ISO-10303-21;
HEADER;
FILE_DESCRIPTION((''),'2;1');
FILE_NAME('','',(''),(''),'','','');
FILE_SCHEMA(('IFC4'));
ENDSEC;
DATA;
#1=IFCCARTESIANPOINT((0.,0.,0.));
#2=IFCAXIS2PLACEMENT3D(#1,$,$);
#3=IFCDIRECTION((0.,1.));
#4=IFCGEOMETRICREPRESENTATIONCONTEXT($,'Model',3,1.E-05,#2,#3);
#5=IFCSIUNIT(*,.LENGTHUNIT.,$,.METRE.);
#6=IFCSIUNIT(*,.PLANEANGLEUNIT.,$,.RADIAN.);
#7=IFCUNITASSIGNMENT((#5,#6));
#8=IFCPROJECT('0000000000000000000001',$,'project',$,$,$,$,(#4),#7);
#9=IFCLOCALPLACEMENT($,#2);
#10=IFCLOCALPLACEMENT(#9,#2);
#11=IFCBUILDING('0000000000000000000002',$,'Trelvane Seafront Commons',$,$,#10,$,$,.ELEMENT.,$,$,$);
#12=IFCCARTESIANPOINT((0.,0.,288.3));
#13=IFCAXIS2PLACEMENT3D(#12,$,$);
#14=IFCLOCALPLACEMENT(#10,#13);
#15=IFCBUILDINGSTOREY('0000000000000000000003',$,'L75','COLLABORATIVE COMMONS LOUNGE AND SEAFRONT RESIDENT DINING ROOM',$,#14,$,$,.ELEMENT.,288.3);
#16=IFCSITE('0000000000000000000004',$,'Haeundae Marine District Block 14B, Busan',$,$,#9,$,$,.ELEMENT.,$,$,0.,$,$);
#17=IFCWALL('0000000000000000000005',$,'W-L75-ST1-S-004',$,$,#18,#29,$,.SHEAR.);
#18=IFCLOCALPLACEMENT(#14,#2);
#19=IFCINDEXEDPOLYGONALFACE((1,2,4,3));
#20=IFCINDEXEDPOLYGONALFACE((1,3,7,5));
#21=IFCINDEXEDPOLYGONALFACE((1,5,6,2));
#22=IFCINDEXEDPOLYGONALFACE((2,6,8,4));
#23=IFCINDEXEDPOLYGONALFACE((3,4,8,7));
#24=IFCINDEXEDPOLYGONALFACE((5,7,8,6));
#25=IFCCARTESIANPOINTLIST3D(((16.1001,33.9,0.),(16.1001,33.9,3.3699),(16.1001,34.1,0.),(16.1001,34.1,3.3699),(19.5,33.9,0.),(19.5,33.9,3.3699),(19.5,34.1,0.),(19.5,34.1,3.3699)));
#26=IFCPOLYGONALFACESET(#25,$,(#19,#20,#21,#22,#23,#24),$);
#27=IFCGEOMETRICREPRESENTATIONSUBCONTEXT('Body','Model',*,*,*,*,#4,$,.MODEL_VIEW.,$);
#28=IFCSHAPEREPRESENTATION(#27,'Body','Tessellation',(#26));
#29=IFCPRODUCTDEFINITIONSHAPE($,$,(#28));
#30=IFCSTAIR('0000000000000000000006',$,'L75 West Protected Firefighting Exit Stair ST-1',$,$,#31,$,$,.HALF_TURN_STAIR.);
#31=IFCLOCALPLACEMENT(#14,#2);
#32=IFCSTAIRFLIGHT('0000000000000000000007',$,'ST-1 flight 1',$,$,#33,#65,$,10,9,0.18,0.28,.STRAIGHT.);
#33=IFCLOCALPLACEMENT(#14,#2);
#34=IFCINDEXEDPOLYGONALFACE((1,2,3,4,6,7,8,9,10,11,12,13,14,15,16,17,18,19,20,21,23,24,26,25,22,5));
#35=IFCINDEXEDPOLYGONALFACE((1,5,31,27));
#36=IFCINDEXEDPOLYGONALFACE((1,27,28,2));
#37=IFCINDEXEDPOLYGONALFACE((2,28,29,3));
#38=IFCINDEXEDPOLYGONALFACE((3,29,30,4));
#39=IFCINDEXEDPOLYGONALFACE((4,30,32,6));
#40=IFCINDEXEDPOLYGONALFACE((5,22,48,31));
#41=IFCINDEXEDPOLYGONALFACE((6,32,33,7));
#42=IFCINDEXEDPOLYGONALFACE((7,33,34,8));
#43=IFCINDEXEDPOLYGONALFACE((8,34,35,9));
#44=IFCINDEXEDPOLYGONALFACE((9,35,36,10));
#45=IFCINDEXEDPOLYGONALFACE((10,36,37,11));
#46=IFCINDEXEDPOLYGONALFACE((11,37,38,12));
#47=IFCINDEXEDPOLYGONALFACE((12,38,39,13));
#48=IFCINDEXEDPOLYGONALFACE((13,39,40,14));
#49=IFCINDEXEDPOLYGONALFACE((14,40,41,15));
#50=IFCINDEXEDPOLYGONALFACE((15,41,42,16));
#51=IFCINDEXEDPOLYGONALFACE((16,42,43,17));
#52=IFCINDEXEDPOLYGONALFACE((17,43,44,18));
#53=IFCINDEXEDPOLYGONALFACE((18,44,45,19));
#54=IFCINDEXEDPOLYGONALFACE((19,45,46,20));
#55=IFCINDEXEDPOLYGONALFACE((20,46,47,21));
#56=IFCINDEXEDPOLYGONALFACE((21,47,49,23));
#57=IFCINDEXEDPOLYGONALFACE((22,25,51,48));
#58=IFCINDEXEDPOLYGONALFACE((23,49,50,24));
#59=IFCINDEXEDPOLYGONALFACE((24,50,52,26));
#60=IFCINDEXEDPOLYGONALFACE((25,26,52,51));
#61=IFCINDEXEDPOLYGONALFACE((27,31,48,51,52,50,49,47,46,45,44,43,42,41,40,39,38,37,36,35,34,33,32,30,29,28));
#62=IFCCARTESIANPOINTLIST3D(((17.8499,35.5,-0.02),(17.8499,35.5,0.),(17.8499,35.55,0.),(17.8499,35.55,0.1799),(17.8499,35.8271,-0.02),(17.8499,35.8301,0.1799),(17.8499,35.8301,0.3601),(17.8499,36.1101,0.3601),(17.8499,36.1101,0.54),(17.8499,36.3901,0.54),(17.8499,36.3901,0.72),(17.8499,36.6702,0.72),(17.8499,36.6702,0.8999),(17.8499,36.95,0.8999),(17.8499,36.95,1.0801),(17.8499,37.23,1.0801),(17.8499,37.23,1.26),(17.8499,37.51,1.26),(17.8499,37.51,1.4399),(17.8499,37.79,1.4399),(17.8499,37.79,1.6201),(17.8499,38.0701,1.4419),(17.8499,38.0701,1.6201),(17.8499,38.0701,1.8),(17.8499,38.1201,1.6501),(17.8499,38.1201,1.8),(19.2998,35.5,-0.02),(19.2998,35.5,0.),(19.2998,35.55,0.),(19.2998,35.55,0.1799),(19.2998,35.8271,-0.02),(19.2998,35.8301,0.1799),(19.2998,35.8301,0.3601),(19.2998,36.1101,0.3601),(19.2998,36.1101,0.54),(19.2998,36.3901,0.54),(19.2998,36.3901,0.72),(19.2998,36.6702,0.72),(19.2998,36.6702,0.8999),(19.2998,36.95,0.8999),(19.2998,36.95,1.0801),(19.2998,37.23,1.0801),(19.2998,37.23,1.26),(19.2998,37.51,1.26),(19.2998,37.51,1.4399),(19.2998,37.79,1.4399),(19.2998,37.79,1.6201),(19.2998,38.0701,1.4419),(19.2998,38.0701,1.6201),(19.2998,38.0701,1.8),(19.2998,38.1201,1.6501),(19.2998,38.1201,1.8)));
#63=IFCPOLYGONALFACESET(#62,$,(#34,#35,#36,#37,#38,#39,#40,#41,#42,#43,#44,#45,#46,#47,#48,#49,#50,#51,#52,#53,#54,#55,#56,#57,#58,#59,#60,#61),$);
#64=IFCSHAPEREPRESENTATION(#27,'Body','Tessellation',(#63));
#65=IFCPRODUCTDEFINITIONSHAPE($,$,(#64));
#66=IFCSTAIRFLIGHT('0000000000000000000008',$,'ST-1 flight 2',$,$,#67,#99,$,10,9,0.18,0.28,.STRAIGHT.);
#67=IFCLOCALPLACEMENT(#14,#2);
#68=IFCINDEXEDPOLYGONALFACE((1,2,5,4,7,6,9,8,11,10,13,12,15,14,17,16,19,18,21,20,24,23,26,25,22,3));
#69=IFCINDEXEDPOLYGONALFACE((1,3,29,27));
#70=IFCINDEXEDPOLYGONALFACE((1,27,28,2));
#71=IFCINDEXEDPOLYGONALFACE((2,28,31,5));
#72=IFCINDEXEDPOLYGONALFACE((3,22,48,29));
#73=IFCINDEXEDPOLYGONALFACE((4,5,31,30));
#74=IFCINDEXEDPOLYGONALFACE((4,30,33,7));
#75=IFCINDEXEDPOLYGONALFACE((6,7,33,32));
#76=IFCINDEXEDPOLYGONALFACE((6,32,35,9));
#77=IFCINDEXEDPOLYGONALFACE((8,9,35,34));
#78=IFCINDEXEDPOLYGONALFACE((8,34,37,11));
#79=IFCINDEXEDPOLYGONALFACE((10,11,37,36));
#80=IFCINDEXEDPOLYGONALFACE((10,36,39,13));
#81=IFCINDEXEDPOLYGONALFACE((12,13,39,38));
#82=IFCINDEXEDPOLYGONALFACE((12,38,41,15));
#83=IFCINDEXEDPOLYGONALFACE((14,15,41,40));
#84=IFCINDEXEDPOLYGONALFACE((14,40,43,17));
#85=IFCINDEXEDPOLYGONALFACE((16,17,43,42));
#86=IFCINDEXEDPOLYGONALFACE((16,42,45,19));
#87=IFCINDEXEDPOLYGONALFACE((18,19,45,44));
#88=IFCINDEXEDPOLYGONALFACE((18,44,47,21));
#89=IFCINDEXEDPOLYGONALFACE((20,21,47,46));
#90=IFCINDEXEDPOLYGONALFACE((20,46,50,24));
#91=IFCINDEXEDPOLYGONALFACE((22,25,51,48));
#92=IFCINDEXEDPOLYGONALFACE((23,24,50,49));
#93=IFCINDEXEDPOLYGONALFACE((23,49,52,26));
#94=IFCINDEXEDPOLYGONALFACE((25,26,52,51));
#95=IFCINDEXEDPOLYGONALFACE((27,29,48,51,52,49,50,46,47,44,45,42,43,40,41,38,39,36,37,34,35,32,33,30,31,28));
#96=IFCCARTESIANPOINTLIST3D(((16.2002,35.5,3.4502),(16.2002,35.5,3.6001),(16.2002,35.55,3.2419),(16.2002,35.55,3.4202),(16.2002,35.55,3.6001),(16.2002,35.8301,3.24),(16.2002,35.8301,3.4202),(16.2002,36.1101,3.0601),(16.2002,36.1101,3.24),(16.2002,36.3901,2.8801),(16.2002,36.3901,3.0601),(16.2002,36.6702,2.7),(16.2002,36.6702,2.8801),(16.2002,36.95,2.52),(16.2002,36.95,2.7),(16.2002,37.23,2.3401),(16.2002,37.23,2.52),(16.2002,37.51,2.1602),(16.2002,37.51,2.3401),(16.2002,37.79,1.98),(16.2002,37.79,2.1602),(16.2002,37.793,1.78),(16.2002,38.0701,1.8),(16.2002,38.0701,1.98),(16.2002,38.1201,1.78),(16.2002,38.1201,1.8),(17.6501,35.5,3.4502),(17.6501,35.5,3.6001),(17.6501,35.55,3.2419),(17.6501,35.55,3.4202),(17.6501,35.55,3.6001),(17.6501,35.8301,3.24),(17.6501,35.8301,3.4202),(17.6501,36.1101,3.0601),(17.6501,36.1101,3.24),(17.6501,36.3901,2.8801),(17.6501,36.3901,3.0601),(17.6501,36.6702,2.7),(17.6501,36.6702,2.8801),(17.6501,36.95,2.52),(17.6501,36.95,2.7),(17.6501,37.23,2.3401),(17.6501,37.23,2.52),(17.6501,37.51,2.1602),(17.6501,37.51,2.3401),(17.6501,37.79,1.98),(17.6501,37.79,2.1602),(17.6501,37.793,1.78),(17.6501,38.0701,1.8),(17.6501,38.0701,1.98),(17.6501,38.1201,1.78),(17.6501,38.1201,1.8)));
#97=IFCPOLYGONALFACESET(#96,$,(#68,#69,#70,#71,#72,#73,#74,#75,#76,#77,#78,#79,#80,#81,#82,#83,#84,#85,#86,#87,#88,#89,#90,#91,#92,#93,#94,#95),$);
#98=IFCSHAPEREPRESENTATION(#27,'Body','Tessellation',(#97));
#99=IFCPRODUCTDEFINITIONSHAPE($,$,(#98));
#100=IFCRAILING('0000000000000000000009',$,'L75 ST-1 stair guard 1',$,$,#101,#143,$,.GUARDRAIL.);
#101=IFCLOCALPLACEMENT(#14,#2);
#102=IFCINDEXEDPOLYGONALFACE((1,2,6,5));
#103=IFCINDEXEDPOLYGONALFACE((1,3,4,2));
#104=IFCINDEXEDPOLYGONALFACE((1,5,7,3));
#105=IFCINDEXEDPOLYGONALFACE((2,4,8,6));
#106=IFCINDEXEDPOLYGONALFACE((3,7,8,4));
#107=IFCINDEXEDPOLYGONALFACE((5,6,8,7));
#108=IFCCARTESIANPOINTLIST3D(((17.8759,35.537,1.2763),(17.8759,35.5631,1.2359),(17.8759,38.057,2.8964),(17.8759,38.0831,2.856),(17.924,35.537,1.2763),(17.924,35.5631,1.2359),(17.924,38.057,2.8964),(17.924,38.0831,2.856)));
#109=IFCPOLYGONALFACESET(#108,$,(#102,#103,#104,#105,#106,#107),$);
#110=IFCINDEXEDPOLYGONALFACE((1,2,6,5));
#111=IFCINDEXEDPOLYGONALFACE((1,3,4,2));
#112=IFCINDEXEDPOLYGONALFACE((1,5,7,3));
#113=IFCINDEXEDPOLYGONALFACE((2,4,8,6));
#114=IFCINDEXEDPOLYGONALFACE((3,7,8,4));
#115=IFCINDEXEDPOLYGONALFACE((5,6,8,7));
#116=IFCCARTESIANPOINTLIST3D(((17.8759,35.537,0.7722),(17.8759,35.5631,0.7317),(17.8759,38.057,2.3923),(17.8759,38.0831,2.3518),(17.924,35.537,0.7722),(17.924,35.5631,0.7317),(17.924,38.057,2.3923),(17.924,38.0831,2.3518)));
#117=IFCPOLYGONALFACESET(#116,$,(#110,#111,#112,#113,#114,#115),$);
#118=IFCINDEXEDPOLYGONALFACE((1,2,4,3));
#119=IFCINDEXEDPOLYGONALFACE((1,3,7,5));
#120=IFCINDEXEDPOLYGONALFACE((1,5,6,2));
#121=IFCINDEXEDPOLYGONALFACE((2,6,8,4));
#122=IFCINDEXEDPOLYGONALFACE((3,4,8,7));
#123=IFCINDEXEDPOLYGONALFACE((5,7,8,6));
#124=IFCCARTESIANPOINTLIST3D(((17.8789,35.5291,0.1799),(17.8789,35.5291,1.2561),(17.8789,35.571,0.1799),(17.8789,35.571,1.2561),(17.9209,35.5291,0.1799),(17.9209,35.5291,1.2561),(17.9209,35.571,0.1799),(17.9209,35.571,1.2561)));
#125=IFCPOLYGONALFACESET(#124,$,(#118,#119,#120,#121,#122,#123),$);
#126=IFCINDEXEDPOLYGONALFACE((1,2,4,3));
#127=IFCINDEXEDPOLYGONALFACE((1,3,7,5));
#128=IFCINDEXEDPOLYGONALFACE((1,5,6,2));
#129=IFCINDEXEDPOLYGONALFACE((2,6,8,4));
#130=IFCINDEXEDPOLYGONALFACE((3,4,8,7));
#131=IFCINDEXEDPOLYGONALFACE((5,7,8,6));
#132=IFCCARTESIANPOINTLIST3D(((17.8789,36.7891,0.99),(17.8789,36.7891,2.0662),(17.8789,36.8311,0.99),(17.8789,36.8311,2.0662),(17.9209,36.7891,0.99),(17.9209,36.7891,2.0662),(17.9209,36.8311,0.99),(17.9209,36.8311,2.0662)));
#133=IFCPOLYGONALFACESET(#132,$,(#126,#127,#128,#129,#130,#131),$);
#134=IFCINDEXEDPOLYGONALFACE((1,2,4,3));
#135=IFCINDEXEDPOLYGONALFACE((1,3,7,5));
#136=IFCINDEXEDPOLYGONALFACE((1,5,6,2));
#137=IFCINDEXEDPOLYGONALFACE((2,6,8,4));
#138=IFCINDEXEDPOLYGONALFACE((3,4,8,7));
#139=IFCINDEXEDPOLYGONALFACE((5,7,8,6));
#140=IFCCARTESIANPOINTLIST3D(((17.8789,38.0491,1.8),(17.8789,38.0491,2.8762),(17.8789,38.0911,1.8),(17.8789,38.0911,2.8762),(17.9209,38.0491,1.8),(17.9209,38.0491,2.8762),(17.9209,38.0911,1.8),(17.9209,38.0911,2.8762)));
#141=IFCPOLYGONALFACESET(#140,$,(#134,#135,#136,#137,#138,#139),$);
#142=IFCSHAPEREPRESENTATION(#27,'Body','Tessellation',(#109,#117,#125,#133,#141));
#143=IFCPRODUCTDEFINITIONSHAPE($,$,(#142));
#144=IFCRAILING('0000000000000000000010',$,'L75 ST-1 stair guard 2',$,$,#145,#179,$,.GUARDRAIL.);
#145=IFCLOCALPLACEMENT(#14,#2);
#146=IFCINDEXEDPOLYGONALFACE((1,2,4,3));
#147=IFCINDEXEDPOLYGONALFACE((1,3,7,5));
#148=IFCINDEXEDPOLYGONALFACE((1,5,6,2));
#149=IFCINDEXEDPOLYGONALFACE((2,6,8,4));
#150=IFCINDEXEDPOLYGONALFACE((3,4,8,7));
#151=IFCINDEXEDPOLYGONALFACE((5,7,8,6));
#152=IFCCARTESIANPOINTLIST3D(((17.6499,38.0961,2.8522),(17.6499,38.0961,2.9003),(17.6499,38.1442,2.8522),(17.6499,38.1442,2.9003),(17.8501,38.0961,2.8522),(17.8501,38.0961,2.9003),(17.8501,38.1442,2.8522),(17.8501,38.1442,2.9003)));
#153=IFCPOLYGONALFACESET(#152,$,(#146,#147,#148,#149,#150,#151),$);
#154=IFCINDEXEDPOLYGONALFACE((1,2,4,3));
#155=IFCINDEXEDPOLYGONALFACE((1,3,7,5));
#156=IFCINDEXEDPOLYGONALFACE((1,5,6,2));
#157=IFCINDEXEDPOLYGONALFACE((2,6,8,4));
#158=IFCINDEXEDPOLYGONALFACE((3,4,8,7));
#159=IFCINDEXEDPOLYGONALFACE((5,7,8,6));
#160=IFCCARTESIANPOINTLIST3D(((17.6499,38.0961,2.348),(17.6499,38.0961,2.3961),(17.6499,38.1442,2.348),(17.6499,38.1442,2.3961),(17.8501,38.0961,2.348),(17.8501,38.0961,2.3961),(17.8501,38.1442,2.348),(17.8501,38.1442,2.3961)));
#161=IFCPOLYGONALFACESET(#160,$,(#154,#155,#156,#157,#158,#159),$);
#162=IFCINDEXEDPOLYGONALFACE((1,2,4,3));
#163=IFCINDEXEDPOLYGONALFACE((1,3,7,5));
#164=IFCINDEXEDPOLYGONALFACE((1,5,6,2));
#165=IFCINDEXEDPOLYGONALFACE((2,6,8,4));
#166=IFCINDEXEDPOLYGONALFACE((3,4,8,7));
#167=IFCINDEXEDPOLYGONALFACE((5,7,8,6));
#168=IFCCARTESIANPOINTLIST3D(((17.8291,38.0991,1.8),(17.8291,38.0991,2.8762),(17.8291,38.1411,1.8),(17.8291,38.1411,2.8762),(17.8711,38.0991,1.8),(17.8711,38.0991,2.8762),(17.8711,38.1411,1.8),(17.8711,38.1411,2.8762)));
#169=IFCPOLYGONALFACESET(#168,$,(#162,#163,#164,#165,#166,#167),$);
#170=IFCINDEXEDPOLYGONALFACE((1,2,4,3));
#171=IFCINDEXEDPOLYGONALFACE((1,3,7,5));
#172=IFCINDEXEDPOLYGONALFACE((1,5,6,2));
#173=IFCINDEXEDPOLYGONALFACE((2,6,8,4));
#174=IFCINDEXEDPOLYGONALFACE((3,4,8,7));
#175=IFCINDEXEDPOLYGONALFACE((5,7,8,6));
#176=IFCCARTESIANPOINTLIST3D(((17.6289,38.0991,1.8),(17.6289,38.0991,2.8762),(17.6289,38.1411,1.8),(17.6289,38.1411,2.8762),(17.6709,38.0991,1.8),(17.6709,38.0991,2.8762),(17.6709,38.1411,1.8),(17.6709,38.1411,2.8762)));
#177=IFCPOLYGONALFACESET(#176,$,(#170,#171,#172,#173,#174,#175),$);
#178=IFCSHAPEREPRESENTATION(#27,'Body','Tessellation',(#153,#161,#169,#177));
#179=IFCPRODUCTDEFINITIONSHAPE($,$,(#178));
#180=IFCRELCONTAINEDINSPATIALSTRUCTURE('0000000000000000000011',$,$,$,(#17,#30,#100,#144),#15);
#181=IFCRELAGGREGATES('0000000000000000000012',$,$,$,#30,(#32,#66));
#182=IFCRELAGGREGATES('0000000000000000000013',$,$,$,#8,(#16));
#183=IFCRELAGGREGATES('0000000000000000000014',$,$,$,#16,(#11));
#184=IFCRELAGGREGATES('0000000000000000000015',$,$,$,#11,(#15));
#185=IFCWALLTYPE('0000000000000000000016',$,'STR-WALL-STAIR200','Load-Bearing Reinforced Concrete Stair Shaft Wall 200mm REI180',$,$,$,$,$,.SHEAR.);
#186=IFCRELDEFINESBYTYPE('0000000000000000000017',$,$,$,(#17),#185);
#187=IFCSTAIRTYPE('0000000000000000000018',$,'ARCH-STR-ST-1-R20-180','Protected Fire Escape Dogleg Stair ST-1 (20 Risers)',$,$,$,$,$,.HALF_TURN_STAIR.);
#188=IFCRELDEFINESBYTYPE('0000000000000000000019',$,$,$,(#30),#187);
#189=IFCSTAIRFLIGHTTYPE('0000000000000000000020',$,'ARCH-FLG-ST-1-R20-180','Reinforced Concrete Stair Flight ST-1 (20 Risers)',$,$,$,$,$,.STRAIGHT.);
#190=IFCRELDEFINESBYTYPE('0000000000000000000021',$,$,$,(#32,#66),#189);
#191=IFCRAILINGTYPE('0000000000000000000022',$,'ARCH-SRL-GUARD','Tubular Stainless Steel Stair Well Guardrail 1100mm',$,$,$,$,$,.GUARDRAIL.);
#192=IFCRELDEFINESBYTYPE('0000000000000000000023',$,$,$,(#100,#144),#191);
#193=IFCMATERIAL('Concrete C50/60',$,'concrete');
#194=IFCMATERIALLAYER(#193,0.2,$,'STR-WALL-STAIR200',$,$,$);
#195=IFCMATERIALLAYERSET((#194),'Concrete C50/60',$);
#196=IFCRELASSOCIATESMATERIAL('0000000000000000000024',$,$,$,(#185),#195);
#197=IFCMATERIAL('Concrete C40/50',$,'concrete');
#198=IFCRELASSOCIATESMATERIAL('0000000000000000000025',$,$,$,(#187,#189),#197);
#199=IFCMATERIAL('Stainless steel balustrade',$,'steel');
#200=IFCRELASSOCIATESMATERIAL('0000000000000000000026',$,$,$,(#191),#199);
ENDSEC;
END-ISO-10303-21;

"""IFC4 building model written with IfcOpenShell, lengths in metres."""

from ifc_helpers import new_model, si_unit, direction, frame, frame_2d, origin, origin_2d, place, context, subcontext, project, spatial, polyline, rectangle, outline, extrude, source, transform, mapped, material, layer, layer_set, type_object, element, aggregate, save


model = new_model("IFC4")

# Units and contexts
model_context = context("Model", 3, precision=1e-05, world=origin(), true_north=direction((0.0, 1.0)))
body_context = subcontext(model_context, "Body", "Model", "MODEL_VIEW")
ifc_project = project(units=[si_unit("LENGTHUNIT", "METRE"), si_unit("PLANEANGLEUNIT", "RADIAN")], contexts=[model_context])

# Site, building, storey
site_placement = place(None, origin())
site = spatial("IfcSite", under=ifc_project, at=site_placement, Name="Haeundae Marine District Block 14B, Busan", CompositionType="ELEMENT", RefElevation=0.0)
building_placement = place(site_placement, origin())
building = spatial("IfcBuilding", under=site, at=building_placement, Name="Trelvane Seafront Commons", CompositionType="ELEMENT")
storey_placement = place(building_placement, frame((0.0, 0.0, 288.3)))
storey = spatial("IfcBuildingStorey", under=building, at=storey_placement, Name="L75", Description="COLLABORATIVE COMMONS LOUNGE AND SEAFRONT RESIDENT DINING ROOM", CompositionType="ELEMENT", Elevation=288.3)

# Shared definitions
ifc_material_1 = material(Name="Concrete C50/60", Category="concrete")

# Shared definitions
ifc_material_2 = material(Name="Concrete C40/50", Category="concrete")
ifc_material_3 = material(Name="Stainless steel balustrade", Category="steel")

# Wall
ifc_layer_1 = layer(ifc_material_1, 0.2, Name="STR-WALL-STAIR200")
ifc_layer_set_1 = layer_set([ifc_layer_1], Name="Concrete C50/60")
wall_type_1 = type_object("IfcWallType", Name="STR-WALL-STAIR200", Description="Load-Bearing Reinforced Concrete Stair Shaft Wall 200mm REI180", PredefinedType="SHEAR", material=ifc_layer_set_1)
wall_1_placement = place(storey_placement, frame((16.1001, 34.0, 0.0), z_axis=(0.0, 0.0, 1.0), x_axis=(1.0, 0.0, 0.0)))
element("IfcWall", 1, at=wall_1_placement, inside=storey, type_object=wall_type_1, Name="W-L75-ST1-S-004", PredefinedType="SHEAR", context=body_context, shape_type="SweptSolid", body=[
    extrude(rectangle(XDim=3.3999, YDim=0.2, at=frame_2d((1.7, 0.0))), origin(), (0.0, 0.0, 1.0), 3.3699),
])

# Stair, stair flights
stair_type = type_object("IfcStairType", Name="ARCH-STR-ST-1-R20-180", Description="Protected Fire Escape Dogleg Stair ST-1 (20 Risers)", PredefinedType="HALF_TURN_STAIR", material=ifc_material_2)
stair_placement = place(storey_placement, origin())
stair = element("IfcStair", 2, at=stair_placement, inside=storey, type_object=stair_type, Name="L75 West Protected Firefighting Exit Stair ST-1", PredefinedType="HALF_TURN_STAIR")
stair_flight_type = type_object("IfcStairFlightType", Name="ARCH-FLG-ST-1-R20-180", Description="Reinforced Concrete Stair Flight ST-1 (20 Risers)", PredefinedType="STRAIGHT", material=ifc_material_2)
shared_shape_1 = source(origin(), body_context, "Body", "SweptSolid", [
    extrude(outline(polyline([(-0.05, -0.02), (-0.05, 0.0), (0.0, 0.0), (0.0, 0.1799), (0.28, 0.1799), (0.28, 0.3601), (0.5601, 0.3601), (0.5601, 0.54), (0.8401, 0.54), (0.8401, 0.72), (1.1201, 0.72), (1.1201, 0.8999), (1.3999, 0.8999), (1.3999, 1.0801), (1.6799, 1.0801), (1.6799, 1.26), (1.96, 1.26), (1.96, 1.4399), (2.24, 1.4399), (2.24, 1.6201), (2.52, 1.6201), (2.52, 1.8), (2.5701, 1.8), (2.5701, 1.6501), (2.52, 1.4419), (0.2771, -0.02), (-0.05, -0.02)])), frame((0.0, 0.7251, 0.0), z_axis=(0.0, -1.0, 0.0), x_axis=(1.0, 0.0, 0.0)), (0.0, 0.0, 1.0), 1.45),
])
stair_flight_1_placement = place(storey_placement, frame((18.575, 35.55, 0.0), z_axis=(0.0, 0.0, 1.0), x_axis=(0.0, 1.0, 0.0)))
stair_flight_1 = element("IfcStairFlight", 3, at=stair_flight_1_placement, type_object=stair_flight_type, Name="ST-1 flight 1", NumberOfRisers=10, NumberOfTreads=9, PredefinedType="STRAIGHT", RiserHeight=0.18, TreadLength=0.28, context=body_context, shape_type="MappedRepresentation", body=[
    mapped(shared_shape_1, transform((0.0, 0.0, 0.0), x_axis=(1.0, 0.0, 0.0), y_axis=(0.0, 1.0, 0.0), z_axis=(0.0, 0.0, 1.0), scale=1.0)),
])
stair_flight_2_placement = place(storey_placement, frame((16.925, 38.0701, 1.8), z_axis=(0.0, 0.0, 1.0), x_axis=(0.0, -1.0, 0.0)))
stair_flight_2 = element("IfcStairFlight", 4, at=stair_flight_2_placement, type_object=stair_flight_type, Name="ST-1 flight 2", NumberOfRisers=10, NumberOfTreads=9, PredefinedType="STRAIGHT", RiserHeight=0.18, TreadLength=0.28, context=body_context, shape_type="MappedRepresentation", body=[
    mapped(shared_shape_1, transform((0.0, 0.0, 0.0), x_axis=(1.0, 0.0, 0.0), y_axis=(0.0, 1.0, 0.0), z_axis=(0.0, 0.0, 1.0), scale=1.0)),
])
aggregate(stair, [stair_flight_1, stair_flight_2])

# Railings
railing_type_1 = type_object("IfcRailingType", Name="ARCH-SRL-GUARD", Description="Tubular Stainless Steel Stair Well Guardrail 1100mm", PredefinedType="GUARDRAIL", material=ifc_material_3)
railing_1_placement = place(storey_placement, frame((17.8999, 35.55, 0.1799)))
element("IfcRailing", 5, at=railing_1_placement, inside=storey, type_object=railing_type_1, Name="L75 ST-1 stair guard 1", PredefinedType="GUARDRAIL", context=body_context, shape_type="SweptSolid", body=[
    extrude(rectangle(XDim=0.0481, YDim=0.0481, at=origin_2d()), frame((0.0, 0.0, 1.0762), z_axis=(0.0, 0.841163, 0.540782), x_axis=(-1.0, 0.0, 0.0)), (0.0, 0.0, 1.0), 2.9958),
    extrude(rectangle(XDim=0.0481, YDim=0.0481, at=origin_2d()), frame((0.0, 0.0, 0.572), z_axis=(0.0, 0.841163, 0.540782), x_axis=(-1.0, 0.0, 0.0)), (0.0, 0.0, 1.0), 2.9958),
    extrude(rectangle(XDim=0.042, YDim=0.042, at=origin_2d()), origin(), (0.0, 0.0, 1.0), 1.0762),
    extrude(rectangle(XDim=0.042, YDim=0.042, at=origin_2d()), frame((0.0, 1.26, 0.8101)), (0.0, 0.0, 1.0), 1.0762),
    extrude(rectangle(XDim=0.042, YDim=0.042, at=origin_2d()), frame((0.0, 2.52, 1.6201)), (0.0, 0.0, 1.0), 1.0762),
])
railing_2_placement = place(storey_placement, frame((17.8501, 38.1201, 1.8)))
element("IfcRailing", 6, at=railing_2_placement, inside=storey, type_object=railing_type_1, Name="L75 ST-1 stair guard 2", PredefinedType="GUARDRAIL", context=body_context, shape_type="SweptSolid", body=[
    extrude(rectangle(XDim=0.0481, YDim=0.0481, at=origin_2d()), frame((0.0, 0.0, 1.0762), z_axis=(-1.0, 0.0, 0.0), x_axis=(0.0, -1.0, 0.0)), (0.0, 0.0, 1.0), 0.2002),
    extrude(rectangle(XDim=0.0481, YDim=0.0481, at=origin_2d()), frame((0.0, 0.0, 0.572), z_axis=(-1.0, 0.0, 0.0), x_axis=(0.0, -1.0, 0.0)), (0.0, 0.0, 1.0), 0.2002),
    extrude(rectangle(XDim=0.042, YDim=0.042, at=origin_2d()), origin(), (0.0, 0.0, 1.0), 1.0762),
    extrude(rectangle(XDim=0.042, YDim=0.042, at=origin_2d()), frame((-0.2002, 0.0, 0.0)), (0.0, 0.0, 1.0), 1.0762),
])

save(model, "model.ifc")
